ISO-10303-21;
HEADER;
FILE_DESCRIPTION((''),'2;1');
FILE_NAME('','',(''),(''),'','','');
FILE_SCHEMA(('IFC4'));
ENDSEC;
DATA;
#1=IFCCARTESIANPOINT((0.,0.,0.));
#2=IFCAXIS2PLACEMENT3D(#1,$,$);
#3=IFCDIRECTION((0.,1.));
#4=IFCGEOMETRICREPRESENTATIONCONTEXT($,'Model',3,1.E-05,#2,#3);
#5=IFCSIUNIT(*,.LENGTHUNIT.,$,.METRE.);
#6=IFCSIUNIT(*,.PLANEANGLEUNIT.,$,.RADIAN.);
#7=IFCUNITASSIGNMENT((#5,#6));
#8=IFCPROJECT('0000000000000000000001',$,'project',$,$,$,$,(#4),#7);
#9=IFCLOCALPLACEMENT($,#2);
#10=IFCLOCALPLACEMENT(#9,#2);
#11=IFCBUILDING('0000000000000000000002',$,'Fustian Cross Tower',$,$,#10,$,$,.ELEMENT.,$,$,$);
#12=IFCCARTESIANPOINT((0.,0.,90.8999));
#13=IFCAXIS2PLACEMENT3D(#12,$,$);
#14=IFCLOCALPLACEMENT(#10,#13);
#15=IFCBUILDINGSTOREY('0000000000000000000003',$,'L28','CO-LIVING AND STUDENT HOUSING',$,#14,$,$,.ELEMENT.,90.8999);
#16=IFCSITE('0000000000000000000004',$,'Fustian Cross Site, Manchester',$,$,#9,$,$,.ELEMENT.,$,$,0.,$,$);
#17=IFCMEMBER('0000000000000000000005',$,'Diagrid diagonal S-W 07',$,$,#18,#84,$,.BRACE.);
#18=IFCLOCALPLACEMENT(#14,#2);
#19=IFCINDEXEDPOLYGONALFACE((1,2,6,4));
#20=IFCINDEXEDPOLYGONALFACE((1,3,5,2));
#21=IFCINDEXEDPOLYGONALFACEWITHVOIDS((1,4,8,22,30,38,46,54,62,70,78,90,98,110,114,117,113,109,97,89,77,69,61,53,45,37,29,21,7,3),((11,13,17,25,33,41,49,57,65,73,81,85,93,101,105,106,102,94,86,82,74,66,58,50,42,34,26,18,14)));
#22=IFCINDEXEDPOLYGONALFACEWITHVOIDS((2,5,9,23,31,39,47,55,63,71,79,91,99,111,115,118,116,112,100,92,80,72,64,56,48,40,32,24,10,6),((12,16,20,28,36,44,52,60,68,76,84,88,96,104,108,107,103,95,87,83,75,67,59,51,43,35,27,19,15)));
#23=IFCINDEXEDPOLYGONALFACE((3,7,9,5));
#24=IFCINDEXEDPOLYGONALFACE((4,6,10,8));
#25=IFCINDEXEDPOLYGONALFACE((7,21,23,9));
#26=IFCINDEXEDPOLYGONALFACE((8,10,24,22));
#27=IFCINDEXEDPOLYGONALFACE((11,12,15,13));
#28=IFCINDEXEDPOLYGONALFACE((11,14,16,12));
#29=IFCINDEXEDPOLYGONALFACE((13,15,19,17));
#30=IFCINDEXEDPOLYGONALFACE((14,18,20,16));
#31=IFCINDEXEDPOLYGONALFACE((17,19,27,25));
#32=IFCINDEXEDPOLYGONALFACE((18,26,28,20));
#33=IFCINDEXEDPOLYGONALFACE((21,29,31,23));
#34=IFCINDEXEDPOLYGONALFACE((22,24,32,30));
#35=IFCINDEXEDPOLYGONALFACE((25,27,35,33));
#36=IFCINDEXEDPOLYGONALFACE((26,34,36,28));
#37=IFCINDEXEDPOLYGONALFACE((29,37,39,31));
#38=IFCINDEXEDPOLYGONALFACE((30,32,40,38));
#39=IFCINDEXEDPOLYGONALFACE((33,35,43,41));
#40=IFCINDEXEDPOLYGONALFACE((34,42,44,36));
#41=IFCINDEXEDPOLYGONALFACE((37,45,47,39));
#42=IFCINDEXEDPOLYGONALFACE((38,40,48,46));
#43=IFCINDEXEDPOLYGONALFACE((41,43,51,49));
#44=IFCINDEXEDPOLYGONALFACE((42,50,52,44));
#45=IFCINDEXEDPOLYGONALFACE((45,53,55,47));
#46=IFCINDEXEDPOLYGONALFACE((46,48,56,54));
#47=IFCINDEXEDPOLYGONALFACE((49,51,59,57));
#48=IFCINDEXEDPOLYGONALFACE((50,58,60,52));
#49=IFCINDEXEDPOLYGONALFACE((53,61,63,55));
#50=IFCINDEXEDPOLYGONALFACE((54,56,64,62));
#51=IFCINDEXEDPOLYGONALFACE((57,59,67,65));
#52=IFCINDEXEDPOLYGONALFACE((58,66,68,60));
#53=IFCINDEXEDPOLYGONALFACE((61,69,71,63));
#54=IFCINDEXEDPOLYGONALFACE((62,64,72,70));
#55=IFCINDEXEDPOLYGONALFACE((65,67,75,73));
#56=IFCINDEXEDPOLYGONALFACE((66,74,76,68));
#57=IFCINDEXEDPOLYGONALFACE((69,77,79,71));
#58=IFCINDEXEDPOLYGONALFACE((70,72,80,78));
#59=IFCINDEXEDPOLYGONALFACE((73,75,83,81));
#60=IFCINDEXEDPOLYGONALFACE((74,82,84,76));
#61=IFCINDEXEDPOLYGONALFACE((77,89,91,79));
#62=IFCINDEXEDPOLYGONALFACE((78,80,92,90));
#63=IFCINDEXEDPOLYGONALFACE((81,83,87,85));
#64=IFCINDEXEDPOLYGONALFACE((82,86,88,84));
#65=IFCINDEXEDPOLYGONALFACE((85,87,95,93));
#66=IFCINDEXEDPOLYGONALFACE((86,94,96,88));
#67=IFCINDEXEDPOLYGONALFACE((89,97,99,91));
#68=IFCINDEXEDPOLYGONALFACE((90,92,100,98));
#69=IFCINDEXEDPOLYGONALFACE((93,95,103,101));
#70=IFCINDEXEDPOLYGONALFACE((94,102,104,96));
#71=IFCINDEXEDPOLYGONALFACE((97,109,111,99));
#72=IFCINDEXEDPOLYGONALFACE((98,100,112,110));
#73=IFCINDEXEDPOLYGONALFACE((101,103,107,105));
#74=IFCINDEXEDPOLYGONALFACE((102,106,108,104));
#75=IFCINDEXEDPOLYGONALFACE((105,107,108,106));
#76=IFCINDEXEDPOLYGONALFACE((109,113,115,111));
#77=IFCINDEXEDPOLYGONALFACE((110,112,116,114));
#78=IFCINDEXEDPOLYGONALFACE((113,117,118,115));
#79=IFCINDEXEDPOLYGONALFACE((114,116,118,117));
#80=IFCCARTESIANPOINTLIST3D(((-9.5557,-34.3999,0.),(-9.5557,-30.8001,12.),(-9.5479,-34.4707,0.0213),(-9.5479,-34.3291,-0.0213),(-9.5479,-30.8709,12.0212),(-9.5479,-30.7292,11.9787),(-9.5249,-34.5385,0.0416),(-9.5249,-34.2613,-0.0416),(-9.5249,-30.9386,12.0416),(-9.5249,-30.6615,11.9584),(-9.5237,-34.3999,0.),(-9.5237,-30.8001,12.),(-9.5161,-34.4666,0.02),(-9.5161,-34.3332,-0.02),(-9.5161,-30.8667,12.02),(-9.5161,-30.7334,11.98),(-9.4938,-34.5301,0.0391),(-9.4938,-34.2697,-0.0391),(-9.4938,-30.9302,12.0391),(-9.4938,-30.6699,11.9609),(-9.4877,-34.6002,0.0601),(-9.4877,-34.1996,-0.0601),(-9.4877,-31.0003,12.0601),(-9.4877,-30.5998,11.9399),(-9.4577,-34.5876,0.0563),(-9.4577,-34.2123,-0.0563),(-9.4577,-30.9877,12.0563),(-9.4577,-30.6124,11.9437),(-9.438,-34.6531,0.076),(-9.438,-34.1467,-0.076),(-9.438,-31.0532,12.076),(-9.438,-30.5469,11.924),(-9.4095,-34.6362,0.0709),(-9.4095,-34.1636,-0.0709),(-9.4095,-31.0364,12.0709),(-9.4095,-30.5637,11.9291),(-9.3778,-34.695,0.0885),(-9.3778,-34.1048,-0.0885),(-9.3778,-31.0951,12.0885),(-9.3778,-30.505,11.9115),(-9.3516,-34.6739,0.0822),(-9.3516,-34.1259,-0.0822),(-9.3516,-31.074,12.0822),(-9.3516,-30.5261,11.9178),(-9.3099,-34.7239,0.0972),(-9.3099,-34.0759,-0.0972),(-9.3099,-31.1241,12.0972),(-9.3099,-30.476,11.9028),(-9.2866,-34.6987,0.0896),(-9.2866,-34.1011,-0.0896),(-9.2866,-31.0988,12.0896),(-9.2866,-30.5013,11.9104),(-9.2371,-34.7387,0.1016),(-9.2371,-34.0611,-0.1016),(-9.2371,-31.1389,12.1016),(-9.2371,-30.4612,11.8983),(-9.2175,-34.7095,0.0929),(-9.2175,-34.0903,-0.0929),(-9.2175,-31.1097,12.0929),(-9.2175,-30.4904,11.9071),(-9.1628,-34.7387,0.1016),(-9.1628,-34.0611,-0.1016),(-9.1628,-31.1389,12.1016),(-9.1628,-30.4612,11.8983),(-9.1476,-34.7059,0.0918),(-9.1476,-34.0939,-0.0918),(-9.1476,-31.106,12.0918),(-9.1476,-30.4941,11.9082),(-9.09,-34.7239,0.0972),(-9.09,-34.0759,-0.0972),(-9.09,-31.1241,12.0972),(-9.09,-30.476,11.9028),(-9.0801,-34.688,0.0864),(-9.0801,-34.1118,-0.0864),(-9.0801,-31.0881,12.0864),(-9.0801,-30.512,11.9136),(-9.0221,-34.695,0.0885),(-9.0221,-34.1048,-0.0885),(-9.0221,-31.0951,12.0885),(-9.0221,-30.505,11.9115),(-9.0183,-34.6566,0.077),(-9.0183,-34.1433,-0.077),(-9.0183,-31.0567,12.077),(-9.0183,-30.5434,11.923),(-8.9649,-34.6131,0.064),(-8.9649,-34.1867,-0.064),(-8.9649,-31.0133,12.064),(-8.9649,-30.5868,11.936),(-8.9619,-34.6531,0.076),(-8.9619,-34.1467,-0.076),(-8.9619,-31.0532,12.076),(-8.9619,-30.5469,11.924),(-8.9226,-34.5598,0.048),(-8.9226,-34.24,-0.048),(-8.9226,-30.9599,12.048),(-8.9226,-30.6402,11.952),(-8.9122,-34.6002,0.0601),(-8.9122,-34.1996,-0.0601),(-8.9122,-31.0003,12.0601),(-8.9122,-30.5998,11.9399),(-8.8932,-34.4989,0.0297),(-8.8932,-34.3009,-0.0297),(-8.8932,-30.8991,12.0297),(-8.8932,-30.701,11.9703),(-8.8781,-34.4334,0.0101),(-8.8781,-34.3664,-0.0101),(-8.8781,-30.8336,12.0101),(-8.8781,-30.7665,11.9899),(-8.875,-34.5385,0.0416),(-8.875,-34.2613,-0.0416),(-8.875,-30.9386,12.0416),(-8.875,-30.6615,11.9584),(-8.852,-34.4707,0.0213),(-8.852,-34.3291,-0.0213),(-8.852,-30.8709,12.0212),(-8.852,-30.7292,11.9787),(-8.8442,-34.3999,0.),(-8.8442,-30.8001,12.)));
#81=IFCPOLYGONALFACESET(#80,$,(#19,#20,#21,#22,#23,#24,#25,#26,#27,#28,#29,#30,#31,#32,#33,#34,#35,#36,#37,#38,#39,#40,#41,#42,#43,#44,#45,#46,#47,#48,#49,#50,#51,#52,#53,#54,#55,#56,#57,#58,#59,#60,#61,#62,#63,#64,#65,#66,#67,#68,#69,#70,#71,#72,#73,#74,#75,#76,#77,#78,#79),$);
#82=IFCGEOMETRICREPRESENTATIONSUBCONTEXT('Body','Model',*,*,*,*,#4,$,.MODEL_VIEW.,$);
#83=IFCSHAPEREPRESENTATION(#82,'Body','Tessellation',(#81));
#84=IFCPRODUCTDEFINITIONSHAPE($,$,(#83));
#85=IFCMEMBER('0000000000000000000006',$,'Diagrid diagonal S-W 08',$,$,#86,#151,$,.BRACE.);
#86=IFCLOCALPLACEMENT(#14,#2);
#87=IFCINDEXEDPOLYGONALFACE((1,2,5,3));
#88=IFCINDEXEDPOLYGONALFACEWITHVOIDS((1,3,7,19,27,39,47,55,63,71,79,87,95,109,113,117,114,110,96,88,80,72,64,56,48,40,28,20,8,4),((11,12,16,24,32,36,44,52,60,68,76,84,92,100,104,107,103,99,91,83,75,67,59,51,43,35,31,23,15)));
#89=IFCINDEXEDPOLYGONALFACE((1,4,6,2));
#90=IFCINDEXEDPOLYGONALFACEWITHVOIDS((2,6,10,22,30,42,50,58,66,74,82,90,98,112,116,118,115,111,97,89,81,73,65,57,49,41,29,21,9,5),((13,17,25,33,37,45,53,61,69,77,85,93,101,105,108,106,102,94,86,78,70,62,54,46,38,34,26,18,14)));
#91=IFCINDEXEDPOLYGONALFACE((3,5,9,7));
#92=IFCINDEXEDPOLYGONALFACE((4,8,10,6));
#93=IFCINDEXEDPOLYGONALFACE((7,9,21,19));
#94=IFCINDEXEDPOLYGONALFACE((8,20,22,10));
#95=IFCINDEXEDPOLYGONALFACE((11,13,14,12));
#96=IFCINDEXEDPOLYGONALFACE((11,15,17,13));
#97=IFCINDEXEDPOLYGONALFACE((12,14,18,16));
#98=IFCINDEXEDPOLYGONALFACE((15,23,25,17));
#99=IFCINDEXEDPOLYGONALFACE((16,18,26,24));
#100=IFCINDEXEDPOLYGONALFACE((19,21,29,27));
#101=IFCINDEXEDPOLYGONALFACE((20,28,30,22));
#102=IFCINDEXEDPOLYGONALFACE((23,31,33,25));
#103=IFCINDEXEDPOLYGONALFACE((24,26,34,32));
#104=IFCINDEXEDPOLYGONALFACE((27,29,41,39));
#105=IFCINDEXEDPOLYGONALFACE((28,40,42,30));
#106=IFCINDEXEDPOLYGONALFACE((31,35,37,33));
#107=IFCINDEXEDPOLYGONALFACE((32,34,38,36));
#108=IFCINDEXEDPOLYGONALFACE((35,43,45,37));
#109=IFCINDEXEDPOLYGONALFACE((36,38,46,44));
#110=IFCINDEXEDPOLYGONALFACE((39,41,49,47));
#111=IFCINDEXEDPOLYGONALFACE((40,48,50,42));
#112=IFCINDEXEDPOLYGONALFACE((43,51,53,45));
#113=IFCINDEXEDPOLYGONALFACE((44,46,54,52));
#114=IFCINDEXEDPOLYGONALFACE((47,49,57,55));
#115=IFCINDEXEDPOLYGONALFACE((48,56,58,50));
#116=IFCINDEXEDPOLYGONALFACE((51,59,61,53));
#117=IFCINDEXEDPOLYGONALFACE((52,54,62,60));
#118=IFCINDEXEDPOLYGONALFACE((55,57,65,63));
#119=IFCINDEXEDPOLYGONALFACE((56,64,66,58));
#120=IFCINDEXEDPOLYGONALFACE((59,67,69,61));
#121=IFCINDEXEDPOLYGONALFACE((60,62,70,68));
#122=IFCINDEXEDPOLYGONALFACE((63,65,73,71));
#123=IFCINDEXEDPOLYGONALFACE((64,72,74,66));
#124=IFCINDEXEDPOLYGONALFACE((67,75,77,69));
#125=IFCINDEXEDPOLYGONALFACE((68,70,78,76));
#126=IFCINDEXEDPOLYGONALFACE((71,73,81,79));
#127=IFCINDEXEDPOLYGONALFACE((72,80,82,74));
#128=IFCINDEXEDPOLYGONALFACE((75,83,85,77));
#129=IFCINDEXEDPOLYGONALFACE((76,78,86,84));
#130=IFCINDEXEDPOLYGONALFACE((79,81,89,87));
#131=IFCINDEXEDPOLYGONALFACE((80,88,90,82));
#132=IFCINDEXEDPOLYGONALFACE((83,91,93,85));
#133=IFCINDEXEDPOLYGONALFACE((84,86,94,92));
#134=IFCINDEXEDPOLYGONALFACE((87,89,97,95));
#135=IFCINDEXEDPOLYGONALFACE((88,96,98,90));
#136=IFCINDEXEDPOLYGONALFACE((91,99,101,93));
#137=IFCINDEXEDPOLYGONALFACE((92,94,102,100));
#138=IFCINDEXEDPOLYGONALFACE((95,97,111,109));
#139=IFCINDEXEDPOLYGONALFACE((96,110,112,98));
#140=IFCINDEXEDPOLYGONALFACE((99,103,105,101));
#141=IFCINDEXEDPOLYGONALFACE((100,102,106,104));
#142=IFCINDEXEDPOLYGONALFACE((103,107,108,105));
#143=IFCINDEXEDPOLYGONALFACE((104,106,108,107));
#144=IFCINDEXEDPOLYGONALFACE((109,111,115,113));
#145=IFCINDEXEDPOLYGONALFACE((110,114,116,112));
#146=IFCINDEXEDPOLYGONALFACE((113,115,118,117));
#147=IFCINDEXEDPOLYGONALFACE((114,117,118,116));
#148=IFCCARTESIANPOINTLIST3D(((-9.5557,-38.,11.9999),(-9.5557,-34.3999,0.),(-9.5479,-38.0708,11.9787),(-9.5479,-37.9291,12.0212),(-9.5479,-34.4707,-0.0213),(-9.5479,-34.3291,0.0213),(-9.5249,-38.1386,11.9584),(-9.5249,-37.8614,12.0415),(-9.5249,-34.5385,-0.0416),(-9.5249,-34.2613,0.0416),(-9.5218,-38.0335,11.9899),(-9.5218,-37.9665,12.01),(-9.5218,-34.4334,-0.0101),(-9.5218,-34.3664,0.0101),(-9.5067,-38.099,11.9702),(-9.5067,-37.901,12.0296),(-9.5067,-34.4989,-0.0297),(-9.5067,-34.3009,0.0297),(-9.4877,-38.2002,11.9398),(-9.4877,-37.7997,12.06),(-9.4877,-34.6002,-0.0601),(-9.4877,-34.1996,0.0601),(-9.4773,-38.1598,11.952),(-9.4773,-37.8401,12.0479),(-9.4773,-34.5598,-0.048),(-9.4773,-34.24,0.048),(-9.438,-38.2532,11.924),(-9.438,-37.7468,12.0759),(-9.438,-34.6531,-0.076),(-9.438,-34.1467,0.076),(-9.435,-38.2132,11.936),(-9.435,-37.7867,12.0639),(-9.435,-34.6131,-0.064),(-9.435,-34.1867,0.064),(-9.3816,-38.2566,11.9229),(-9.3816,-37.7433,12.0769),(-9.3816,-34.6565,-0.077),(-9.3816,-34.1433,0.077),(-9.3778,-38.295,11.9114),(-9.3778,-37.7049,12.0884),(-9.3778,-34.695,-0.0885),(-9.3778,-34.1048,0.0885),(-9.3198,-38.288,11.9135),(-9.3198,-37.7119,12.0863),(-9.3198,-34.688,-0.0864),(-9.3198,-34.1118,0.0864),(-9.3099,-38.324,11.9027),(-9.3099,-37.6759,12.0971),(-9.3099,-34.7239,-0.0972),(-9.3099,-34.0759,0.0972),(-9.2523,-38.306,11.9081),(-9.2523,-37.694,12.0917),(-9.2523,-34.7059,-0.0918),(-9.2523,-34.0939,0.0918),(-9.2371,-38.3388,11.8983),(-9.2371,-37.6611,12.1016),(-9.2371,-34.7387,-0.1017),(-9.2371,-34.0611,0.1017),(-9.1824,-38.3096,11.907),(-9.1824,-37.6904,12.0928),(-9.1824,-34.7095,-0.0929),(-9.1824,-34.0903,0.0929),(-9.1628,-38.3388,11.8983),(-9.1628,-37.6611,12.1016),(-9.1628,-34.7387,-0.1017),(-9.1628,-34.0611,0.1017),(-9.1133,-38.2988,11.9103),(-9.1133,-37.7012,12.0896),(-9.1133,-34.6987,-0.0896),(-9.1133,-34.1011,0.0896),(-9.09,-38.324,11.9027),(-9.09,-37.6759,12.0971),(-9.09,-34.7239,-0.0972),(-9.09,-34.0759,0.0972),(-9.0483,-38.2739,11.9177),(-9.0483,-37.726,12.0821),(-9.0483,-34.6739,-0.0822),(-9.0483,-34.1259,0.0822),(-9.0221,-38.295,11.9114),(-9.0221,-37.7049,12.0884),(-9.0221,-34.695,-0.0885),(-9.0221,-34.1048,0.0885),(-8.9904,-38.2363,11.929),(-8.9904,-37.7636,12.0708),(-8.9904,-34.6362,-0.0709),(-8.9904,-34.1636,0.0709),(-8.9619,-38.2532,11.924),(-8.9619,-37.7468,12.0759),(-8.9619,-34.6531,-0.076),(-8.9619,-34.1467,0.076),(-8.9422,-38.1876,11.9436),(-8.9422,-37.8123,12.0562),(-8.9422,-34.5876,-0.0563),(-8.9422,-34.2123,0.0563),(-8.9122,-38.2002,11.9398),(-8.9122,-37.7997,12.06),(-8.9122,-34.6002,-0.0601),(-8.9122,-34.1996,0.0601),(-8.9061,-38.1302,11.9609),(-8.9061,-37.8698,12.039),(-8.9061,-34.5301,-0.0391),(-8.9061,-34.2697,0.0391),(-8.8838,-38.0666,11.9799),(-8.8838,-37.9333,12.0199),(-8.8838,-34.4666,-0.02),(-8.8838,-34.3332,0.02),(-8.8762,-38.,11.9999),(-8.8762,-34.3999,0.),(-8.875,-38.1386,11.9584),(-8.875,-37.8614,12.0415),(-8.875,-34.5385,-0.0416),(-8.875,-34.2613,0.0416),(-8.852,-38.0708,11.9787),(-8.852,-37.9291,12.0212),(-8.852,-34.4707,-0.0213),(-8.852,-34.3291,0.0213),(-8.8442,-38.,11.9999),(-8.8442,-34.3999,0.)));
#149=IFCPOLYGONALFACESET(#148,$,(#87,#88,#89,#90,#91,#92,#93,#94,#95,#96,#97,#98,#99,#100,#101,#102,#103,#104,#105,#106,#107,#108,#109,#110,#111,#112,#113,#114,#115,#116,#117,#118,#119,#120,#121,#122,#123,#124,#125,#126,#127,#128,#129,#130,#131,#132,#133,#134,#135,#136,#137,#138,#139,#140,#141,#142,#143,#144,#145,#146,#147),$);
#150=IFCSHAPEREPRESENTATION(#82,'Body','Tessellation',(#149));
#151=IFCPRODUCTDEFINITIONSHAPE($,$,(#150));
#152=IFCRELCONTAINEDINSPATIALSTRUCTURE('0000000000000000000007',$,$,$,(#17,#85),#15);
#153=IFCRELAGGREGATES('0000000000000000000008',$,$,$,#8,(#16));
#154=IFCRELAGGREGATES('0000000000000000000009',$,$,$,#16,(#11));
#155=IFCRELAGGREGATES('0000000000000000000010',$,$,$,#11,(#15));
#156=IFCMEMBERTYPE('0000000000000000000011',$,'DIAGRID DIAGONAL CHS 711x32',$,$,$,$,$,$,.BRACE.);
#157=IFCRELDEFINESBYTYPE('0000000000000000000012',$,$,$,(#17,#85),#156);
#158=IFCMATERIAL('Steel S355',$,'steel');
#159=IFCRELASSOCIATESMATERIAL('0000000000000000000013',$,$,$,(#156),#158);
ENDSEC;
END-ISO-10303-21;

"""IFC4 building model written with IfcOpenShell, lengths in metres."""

from ifc_helpers import new_model, si_unit, direction, frame, origin, origin_2d, place, context, subcontext, project, spatial, hollow_circle, extrude, material, material_profile, profile_set, type_object, element, save


model = new_model("IFC4")

# Units and contexts
model_context = context("Model", 3, precision=1e-05, world=origin(), true_north=direction((0.0, 1.0)))
body_context = subcontext(model_context, "Body", "Model", "MODEL_VIEW")
ifc_project = project(units=[si_unit("LENGTHUNIT", "METRE"), si_unit("PLANEANGLEUNIT", "RADIAN")], contexts=[model_context])

# Site, building, storey
site_placement = place(None, origin())
site = spatial("IfcSite", under=ifc_project, at=site_placement, Name="Fustian Cross Site, Manchester", CompositionType="ELEMENT", RefElevation=0.0)
building_placement = place(site_placement, origin())
building = spatial("IfcBuilding", under=site, at=building_placement, Name="Fustian Cross Tower", CompositionType="ELEMENT")
storey_placement = place(building_placement, frame((0.0, 0.0, 90.8999)))
storey = spatial("IfcBuildingStorey", under=building, at=storey_placement, Name="L28", Description="CO-LIVING AND STUDENT HOUSING", CompositionType="ELEMENT", Elevation=90.8999)

# Members
ifc_material_1 = material(Name="Steel S355", Category="steel")
ifc_material_profile_1 = material_profile(ifc_material_1, hollow_circle(Radius=0.3557, WallThickness=0.032, at=origin_2d()), Name="CHS 711x32")
ifc_profile_set_1 = profile_set([ifc_material_profile_1], Name="Steel S355")
member_type_1 = type_object("IfcMemberType", Name="DIAGRID DIAGONAL CHS 711x32", PredefinedType="BRACE", material=ifc_profile_set_1)
for number, where, z_axis, x_axis, name in (
    (1, (-9.2, -34.3999, 0.0), (0.0, 0.287337, 0.95783), (-1.0, 0.0, 0.0), "Diagrid diagonal S-W 07"),
    (2, (-9.2, -34.3999, 0.0), (0.0, -0.287355, 0.957824), (1.0, 0.0, 0.0), "Diagrid diagonal S-W 08"),
):
    element("IfcMember", number, at=place(storey_placement, frame(where, z_axis=z_axis, x_axis=x_axis)), inside=storey, type_object=member_type_1, Name=name, PredefinedType="BRACE", context=body_context, shape_type="SweptSolid", body=[
        extrude(hollow_circle(Radius=0.3557, WallThickness=0.032, at=origin_2d()), origin(), (0.0, 0.0, 1.0), 12.5283),
    ])

save(model, "model.ifc")
